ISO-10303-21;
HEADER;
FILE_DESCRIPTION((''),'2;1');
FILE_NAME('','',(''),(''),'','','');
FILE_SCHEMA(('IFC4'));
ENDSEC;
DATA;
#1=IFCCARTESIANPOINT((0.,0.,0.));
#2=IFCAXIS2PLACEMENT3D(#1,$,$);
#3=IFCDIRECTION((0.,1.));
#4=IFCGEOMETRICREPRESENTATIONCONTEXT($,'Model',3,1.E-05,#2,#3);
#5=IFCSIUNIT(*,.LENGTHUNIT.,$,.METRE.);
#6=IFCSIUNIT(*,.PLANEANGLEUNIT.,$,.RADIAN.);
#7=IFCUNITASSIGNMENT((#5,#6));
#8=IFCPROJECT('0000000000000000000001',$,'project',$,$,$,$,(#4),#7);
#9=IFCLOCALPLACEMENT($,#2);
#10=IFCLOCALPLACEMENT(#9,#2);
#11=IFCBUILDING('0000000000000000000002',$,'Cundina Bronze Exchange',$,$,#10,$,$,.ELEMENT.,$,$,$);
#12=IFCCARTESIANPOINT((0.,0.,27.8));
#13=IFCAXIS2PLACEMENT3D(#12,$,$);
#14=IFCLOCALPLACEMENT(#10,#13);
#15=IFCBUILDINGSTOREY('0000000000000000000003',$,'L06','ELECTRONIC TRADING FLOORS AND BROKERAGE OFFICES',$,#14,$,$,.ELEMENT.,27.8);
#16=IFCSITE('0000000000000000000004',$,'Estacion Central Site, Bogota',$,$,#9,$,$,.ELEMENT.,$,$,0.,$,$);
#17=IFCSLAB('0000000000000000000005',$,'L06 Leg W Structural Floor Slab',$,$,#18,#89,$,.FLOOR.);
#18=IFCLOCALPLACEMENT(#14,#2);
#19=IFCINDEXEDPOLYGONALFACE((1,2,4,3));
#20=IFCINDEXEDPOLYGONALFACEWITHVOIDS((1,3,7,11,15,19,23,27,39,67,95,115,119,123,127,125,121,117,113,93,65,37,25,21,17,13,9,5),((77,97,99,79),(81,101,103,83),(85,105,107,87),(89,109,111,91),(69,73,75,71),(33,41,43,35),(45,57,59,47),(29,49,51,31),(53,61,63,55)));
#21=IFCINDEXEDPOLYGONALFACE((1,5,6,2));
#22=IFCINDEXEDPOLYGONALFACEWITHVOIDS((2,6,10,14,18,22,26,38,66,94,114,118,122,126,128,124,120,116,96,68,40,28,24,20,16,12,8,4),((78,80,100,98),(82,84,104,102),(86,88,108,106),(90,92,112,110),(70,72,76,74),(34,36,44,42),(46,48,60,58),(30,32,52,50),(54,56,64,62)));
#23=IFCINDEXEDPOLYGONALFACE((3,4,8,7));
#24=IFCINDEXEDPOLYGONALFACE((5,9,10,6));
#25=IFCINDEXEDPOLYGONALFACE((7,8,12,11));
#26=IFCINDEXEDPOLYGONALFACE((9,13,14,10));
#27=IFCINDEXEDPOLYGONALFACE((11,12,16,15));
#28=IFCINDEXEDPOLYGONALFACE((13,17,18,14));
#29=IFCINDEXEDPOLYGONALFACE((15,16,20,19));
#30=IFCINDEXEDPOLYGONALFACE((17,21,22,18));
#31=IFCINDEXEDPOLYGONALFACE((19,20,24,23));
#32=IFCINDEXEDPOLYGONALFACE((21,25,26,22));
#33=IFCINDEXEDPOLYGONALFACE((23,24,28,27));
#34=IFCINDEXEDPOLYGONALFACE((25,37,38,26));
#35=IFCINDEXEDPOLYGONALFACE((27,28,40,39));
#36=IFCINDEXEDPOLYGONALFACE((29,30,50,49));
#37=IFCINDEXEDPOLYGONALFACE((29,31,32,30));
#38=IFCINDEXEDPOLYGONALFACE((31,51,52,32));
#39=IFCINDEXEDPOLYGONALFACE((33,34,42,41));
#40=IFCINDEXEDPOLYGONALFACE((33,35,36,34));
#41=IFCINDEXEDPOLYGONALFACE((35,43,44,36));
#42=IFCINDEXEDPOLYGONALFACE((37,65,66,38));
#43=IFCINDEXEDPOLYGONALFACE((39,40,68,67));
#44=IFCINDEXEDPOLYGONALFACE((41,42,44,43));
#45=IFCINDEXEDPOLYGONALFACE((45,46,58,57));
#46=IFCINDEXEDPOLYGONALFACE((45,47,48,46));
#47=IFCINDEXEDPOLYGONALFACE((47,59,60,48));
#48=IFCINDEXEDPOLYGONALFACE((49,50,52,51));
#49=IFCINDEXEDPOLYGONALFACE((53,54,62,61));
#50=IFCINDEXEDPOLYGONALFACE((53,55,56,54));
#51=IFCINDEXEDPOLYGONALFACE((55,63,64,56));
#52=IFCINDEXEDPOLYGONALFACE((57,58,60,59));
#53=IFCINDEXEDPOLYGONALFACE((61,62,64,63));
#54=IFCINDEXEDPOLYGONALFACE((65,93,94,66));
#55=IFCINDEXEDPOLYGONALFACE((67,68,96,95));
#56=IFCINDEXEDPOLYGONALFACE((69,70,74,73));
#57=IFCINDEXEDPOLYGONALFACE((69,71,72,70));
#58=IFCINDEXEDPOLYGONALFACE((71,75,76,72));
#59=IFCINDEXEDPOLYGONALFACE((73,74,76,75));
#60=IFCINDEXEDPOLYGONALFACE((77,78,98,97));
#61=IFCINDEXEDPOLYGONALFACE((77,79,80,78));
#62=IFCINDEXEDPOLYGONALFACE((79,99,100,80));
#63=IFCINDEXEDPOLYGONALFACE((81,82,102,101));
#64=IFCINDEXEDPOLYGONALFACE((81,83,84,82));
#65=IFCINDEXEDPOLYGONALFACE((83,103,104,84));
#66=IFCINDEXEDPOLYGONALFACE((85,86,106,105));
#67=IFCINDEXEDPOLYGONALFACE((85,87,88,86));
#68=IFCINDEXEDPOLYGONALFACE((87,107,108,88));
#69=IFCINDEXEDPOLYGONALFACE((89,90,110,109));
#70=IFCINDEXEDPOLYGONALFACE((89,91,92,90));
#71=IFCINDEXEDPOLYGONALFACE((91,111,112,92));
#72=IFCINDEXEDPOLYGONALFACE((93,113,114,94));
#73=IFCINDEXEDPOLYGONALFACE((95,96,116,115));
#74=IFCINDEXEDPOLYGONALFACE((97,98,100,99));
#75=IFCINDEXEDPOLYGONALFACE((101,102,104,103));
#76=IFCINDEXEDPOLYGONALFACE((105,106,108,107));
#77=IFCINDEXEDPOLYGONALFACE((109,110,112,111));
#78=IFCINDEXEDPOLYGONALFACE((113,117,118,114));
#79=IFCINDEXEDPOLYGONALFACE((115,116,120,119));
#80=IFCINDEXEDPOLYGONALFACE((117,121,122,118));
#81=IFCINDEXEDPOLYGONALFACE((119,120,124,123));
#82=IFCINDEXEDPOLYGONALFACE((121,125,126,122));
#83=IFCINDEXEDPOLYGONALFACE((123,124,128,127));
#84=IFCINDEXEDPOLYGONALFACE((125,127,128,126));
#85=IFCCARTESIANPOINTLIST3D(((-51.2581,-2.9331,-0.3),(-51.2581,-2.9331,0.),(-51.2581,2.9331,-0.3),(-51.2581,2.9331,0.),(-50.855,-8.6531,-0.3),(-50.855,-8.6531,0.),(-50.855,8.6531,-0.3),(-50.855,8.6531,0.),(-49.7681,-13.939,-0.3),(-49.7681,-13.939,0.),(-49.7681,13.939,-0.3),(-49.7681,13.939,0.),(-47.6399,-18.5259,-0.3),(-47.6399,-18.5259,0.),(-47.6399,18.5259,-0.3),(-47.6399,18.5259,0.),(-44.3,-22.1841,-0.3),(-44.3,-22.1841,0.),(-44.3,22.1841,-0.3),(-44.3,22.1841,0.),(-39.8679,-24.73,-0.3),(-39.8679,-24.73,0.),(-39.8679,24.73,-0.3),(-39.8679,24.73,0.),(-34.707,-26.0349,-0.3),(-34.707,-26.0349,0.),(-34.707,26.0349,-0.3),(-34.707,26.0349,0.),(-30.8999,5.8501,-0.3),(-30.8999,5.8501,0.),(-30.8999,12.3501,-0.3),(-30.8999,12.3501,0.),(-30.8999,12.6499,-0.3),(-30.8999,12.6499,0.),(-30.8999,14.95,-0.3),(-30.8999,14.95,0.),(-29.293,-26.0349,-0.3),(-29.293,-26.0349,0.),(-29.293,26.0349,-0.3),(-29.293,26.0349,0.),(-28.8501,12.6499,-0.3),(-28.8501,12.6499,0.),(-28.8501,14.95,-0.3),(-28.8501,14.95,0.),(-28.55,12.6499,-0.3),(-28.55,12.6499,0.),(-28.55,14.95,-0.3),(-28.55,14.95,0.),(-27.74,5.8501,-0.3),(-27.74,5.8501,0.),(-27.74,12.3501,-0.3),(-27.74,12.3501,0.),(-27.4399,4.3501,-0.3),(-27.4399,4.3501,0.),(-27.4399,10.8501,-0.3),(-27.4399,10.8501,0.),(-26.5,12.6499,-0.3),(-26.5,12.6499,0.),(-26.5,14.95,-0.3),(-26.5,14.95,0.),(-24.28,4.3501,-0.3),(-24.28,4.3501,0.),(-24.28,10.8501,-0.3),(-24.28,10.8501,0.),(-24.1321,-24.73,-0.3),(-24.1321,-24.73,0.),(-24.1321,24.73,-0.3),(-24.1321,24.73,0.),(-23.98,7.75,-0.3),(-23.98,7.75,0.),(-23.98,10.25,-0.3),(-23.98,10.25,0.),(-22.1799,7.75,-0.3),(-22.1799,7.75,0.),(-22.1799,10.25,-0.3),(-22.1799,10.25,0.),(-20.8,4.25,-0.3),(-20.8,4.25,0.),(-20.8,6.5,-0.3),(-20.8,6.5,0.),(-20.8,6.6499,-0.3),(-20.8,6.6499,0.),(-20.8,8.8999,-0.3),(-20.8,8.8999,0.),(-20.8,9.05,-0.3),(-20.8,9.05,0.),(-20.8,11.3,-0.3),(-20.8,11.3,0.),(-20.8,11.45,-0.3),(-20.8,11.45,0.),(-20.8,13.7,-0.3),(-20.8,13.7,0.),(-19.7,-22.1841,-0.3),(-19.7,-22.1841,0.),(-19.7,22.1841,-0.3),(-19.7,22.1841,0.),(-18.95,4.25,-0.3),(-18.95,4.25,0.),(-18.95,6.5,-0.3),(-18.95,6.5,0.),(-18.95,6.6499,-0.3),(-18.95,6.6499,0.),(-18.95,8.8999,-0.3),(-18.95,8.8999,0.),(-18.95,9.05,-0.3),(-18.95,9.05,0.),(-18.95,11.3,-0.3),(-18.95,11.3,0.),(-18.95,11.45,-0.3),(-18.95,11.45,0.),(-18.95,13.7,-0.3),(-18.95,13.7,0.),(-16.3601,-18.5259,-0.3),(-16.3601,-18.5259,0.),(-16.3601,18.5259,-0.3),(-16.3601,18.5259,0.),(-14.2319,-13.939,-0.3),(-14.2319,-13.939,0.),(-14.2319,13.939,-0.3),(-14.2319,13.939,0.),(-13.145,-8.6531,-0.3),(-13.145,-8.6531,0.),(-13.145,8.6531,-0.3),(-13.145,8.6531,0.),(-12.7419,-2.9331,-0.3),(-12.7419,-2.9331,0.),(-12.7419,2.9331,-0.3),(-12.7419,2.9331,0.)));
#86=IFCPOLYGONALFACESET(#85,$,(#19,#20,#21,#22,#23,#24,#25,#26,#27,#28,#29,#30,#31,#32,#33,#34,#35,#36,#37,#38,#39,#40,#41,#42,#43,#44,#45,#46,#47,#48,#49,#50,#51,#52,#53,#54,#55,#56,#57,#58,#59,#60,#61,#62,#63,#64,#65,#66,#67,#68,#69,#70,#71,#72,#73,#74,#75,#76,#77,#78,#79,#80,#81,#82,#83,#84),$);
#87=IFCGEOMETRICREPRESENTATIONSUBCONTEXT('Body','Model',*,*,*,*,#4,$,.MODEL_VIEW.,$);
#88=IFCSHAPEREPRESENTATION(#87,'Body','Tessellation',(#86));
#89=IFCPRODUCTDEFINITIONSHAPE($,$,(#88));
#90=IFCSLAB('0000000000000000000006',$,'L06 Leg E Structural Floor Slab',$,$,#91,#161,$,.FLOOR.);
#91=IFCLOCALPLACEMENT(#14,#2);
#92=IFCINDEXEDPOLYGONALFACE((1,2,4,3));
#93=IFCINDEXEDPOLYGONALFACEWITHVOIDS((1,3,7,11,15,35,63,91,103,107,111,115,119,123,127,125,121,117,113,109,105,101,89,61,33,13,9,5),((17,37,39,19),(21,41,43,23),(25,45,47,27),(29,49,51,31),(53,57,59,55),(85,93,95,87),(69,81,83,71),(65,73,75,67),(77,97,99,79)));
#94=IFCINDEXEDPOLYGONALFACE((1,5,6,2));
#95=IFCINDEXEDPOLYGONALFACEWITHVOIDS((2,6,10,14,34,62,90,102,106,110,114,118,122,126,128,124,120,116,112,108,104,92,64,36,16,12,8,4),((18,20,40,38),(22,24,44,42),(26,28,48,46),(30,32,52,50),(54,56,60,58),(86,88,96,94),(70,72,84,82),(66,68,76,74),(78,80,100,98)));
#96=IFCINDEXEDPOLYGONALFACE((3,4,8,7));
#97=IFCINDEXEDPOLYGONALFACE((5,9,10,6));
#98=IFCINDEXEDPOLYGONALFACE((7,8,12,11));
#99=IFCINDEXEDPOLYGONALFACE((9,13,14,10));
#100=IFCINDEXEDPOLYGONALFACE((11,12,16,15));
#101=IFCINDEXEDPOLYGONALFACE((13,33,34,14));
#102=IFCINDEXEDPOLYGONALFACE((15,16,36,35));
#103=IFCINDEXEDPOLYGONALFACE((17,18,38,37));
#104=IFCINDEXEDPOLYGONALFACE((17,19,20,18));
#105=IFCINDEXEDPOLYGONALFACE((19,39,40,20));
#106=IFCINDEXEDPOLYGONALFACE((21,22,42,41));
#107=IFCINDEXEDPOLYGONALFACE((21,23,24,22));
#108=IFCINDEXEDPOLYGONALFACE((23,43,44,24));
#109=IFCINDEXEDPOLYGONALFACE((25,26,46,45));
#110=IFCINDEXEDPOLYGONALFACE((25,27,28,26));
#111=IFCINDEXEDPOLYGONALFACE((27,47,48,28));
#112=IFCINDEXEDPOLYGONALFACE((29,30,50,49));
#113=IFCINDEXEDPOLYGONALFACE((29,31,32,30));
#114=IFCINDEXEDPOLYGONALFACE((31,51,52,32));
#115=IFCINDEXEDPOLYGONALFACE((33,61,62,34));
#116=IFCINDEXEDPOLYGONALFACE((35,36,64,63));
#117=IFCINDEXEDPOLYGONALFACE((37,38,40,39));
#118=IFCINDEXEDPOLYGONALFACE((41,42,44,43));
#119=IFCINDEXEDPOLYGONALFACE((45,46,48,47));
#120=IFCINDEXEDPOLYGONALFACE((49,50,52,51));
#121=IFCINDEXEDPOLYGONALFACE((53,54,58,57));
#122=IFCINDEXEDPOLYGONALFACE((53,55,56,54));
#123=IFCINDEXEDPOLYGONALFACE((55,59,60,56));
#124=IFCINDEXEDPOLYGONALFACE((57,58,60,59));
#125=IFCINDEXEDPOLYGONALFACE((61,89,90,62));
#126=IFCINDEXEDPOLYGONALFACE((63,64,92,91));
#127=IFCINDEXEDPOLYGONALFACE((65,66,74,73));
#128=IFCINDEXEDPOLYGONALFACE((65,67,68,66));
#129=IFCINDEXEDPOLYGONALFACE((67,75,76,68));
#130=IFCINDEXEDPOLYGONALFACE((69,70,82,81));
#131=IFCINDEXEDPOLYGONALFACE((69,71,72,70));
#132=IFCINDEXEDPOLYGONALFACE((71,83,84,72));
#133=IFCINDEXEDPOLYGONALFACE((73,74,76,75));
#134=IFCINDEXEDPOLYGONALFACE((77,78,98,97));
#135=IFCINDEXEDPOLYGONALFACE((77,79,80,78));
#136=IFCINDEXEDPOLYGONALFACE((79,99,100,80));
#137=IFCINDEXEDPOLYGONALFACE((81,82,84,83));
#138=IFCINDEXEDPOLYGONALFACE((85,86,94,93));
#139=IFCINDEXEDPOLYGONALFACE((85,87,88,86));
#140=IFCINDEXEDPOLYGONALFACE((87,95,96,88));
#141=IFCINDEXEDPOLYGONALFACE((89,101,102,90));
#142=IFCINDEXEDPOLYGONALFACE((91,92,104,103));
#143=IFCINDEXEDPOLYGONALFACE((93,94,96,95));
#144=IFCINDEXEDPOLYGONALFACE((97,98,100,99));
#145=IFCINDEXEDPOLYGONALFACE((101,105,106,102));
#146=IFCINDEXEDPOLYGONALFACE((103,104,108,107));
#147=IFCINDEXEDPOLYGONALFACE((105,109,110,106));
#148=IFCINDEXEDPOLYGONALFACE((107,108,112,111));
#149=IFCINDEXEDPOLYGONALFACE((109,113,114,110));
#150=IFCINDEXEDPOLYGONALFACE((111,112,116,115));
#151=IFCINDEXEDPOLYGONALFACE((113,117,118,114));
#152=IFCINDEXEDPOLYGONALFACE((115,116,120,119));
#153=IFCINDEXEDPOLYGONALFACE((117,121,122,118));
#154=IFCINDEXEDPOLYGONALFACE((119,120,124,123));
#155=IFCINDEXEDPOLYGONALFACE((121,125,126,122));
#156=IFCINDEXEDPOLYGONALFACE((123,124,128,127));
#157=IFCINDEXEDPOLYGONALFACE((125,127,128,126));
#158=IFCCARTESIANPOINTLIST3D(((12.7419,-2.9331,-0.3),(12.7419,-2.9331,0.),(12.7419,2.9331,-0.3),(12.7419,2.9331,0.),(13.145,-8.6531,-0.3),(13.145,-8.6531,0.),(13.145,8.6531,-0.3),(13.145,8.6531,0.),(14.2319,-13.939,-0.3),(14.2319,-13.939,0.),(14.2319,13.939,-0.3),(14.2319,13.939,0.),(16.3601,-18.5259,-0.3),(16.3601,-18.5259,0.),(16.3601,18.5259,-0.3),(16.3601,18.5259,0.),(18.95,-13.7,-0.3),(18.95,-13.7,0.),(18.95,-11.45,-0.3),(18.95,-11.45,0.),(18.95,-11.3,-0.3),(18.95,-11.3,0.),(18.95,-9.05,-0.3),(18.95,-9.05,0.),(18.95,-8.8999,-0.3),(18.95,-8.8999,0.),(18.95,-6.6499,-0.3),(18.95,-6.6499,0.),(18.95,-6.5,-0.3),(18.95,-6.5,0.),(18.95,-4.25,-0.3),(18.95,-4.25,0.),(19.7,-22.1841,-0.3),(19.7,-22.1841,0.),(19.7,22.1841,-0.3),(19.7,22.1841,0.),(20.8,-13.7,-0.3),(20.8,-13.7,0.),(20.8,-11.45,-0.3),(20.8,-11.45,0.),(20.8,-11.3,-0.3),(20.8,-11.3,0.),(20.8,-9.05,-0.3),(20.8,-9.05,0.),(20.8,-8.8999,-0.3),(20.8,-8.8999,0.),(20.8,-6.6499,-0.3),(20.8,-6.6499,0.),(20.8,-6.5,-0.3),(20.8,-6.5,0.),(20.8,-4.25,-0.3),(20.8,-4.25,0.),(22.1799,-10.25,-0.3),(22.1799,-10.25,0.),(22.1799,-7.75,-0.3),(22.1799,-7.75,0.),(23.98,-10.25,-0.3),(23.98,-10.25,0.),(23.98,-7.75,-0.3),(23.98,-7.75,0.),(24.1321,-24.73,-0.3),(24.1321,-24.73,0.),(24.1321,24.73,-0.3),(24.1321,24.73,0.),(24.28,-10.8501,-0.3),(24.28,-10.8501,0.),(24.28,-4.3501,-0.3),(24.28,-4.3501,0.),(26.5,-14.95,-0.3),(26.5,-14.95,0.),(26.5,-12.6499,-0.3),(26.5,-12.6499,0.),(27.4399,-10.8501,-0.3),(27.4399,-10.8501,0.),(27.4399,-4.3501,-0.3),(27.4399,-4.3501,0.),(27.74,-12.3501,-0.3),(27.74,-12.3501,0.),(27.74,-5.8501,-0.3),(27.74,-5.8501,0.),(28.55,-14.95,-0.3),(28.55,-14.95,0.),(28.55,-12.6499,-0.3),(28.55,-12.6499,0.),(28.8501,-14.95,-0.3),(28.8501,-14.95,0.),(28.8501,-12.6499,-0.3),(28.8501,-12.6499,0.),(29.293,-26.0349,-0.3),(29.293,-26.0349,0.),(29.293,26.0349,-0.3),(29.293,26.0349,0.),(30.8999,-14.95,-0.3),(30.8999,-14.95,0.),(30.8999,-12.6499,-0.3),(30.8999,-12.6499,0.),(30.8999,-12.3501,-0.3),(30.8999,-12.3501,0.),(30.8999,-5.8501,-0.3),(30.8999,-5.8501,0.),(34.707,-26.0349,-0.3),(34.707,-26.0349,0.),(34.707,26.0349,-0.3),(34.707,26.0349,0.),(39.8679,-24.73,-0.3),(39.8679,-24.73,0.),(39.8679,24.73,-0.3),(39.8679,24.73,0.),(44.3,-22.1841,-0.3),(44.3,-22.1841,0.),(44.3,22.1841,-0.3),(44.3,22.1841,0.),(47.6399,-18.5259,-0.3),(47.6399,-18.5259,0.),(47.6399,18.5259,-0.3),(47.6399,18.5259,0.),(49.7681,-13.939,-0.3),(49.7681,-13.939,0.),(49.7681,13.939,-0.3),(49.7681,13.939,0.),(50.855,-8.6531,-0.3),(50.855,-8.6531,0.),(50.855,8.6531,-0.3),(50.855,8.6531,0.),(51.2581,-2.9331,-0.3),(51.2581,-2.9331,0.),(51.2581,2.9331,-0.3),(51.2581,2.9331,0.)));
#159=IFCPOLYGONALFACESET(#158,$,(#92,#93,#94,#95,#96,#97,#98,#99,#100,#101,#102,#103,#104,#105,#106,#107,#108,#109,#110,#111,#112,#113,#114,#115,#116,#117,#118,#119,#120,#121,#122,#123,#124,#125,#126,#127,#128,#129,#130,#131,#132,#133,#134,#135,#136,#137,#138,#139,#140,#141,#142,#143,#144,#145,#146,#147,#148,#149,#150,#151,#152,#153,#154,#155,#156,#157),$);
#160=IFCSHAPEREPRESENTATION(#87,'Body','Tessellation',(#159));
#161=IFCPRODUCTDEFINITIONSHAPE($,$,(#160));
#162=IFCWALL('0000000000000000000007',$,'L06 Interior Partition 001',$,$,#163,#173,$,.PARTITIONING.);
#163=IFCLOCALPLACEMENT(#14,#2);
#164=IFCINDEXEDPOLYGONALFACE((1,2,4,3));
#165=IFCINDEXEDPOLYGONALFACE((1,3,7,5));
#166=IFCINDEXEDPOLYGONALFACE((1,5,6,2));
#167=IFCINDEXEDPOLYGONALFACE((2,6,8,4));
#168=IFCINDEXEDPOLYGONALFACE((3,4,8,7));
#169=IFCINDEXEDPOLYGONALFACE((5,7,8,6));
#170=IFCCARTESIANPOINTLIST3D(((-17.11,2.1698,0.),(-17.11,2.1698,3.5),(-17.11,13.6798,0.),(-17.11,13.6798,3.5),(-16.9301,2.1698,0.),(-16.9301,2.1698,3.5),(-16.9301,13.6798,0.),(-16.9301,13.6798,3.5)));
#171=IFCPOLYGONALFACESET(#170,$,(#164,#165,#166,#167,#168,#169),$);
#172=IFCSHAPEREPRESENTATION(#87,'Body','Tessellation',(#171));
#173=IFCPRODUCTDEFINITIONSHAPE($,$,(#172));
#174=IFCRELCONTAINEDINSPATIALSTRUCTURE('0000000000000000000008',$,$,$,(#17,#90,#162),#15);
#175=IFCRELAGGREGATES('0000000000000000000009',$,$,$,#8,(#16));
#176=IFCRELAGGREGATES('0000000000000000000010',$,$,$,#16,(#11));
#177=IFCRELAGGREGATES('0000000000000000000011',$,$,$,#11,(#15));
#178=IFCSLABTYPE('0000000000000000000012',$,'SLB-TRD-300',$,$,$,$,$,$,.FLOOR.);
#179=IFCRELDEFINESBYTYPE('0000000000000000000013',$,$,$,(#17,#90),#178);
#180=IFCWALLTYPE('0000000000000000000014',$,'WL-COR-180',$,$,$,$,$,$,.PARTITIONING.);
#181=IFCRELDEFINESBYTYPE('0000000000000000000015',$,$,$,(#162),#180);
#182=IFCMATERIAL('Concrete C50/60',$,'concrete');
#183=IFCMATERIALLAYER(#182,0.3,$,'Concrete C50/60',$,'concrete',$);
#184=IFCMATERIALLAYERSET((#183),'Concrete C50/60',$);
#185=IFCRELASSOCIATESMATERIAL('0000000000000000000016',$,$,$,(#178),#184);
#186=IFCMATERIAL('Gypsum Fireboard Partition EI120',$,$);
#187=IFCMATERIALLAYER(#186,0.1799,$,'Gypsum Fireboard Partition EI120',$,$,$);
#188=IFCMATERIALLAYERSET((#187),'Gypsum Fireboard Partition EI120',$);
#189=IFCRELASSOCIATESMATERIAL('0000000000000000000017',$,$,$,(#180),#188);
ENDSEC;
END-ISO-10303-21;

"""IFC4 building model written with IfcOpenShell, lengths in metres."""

from ifc_helpers import new_model, si_unit, direction, frame, frame_2d, origin, place, context, subcontext, project, spatial, polyline, rectangle, outline, extrude, material, layer, layer_set, type_object, element, save


model = new_model("IFC4")

# Units and contexts
model_context = context("Model", 3, precision=1e-05, world=origin(), true_north=direction((0.0, 1.0)))
body_context = subcontext(model_context, "Body", "Model", "MODEL_VIEW")
ifc_project = project(units=[si_unit("LENGTHUNIT", "METRE"), si_unit("PLANEANGLEUNIT", "RADIAN")], contexts=[model_context])

# Site, building, storey
site_placement = place(None, origin())
site = spatial("IfcSite", under=ifc_project, at=site_placement, Name="Estacion Central Site, Bogota", CompositionType="ELEMENT", RefElevation=0.0)
building_placement = place(site_placement, origin())
building = spatial("IfcBuilding", under=site, at=building_placement, Name="Cundina Bronze Exchange", CompositionType="ELEMENT")
storey_placement = place(building_placement, frame((0.0, 0.0, 27.8)))
storey = spatial("IfcBuildingStorey", under=building, at=storey_placement, Name="L06", Description="ELECTRONIC TRADING FLOORS AND BROKERAGE OFFICES", CompositionType="ELEMENT", Elevation=27.8)

# Slabs
ifc_material_1 = material(Name="Concrete C50/60", Category="concrete")
ifc_layer_1 = layer(ifc_material_1, 0.3, Name="Concrete C50/60", Category="concrete")
ifc_layer_set_1 = layer_set([ifc_layer_1], Name="Concrete C50/60")
slab_type_1 = type_object("IfcSlabType", Name="SLB-TRD-300", PredefinedType="FLOOR", material=ifc_layer_set_1)
slab_1_placement = place(storey_placement, frame((0.0, 0.0, -0.3)))
element("IfcSlab", 1, at=slab_1_placement, inside=storey, type_object=slab_type_1, Name="L06 Leg W Structural Floor Slab", PredefinedType="FLOOR", context=body_context, shape_type="SweptSolid", body=[
    extrude(outline(polyline([(-12.7419, 2.9331), (-13.145, 8.6531), (-14.2319, 13.939), (-16.3601, 18.5259), (-19.7, 22.1841), (-24.1321, 24.73), (-29.293, 26.0349), (-34.707, 26.0349), (-39.8679, 24.73), (-44.3, 22.1841), (-47.6399, 18.5259), (-49.7681, 13.939), (-50.855, 8.6531), (-51.2581, 2.9331), (-51.2581, -2.9331), (-50.855, -8.6531), (-49.7681, -13.939), (-47.6399, -18.5259), (-44.3, -22.1841), (-39.8679, -24.73), (-34.707, -26.0349), (-29.293, -26.0349), (-24.1321, -24.73), (-19.7, -22.1841), (-16.3601, -18.5259), (-14.2319, -13.939), (-13.145, -8.6531), (-12.7419, -2.9331), (-12.7419, 2.9331)]), holes=[polyline([(-27.74, 5.8501), (-27.74, 12.3501), (-30.8999, 12.3501), (-30.8999, 5.8501), (-27.74, 5.8501)]), polyline([(-27.4399, 10.8501), (-27.4399, 4.3501), (-24.28, 4.3501), (-24.28, 10.8501), (-27.4399, 10.8501)]), polyline([(-23.98, 10.25), (-22.1799, 10.25), (-22.1799, 7.75), (-23.98, 7.75), (-23.98, 10.25)]), polyline([(-30.8999, 14.95), (-28.8501, 14.95), (-28.8501, 12.6499), (-30.8999, 12.6499), (-30.8999, 14.95)]), polyline([(-28.55, 14.95), (-26.5, 14.95), (-26.5, 12.6499), (-28.55, 12.6499), (-28.55, 14.95)]), polyline([(-20.8, 13.7), (-18.95, 13.7), (-18.95, 11.45), (-20.8, 11.45), (-20.8, 13.7)]), polyline([(-20.8, 11.3), (-18.95, 11.3), (-18.95, 9.05), (-20.8, 9.05), (-20.8, 11.3)]), polyline([(-20.8, 8.8999), (-18.95, 8.8999), (-18.95, 6.6499), (-20.8, 6.6499), (-20.8, 8.8999)]), polyline([(-20.8, 6.5), (-18.95, 6.5), (-18.95, 4.25), (-20.8, 4.25), (-20.8, 6.5)])]), origin(), (0.0, 0.0, 1.0), 0.3),
])
slab_2_placement = place(storey_placement, frame((0.0, 0.0, -0.3)))
element("IfcSlab", 2, at=slab_2_placement, inside=storey, type_object=slab_type_1, Name="L06 Leg E Structural Floor Slab", PredefinedType="FLOOR", context=body_context, shape_type="SweptSolid", body=[
    extrude(outline(polyline([(51.2581, 2.9331), (50.855, 8.6531), (49.7681, 13.939), (47.6399, 18.5259), (44.3, 22.1841), (39.8679, 24.73), (34.707, 26.0349), (29.293, 26.0349), (24.1321, 24.73), (19.7, 22.1841), (16.3601, 18.5259), (14.2319, 13.939), (13.145, 8.6531), (12.7419, 2.9331), (12.7419, -2.9331), (13.145, -8.6531), (14.2319, -13.939), (16.3601, -18.5259), (19.7, -22.1841), (24.1321, -24.73), (29.293, -26.0349), (34.707, -26.0349), (39.8679, -24.73), (44.3, -22.1841), (47.6399, -18.5259), (49.7681, -13.939), (50.855, -8.6531), (51.2581, -2.9331), (51.2581, 2.9331)]), holes=[polyline([(27.74, -5.8501), (27.74, -12.3501), (30.8999, -12.3501), (30.8999, -5.8501), (27.74, -5.8501)]), polyline([(27.4399, -10.8501), (27.4399, -4.3501), (24.28, -4.3501), (24.28, -10.8501), (27.4399, -10.8501)]), polyline([(22.1799, -7.75), (23.98, -7.75), (23.98, -10.25), (22.1799, -10.25), (22.1799, -7.75)]), polyline([(28.8501, -12.6499), (30.8999, -12.6499), (30.8999, -14.95), (28.8501, -14.95), (28.8501, -12.6499)]), polyline([(26.5, -12.6499), (28.55, -12.6499), (28.55, -14.95), (26.5, -14.95), (26.5, -12.6499)]), polyline([(18.95, -11.45), (20.8, -11.45), (20.8, -13.7), (18.95, -13.7), (18.95, -11.45)]), polyline([(18.95, -9.05), (20.8, -9.05), (20.8, -11.3), (18.95, -11.3), (18.95, -9.05)]), polyline([(18.95, -6.6499), (20.8, -6.6499), (20.8, -8.8999), (18.95, -8.8999), (18.95, -6.6499)]), polyline([(18.95, -4.25), (20.8, -4.25), (20.8, -6.5), (18.95, -6.5), (18.95, -4.25)])]), origin(), (0.0, 0.0, 1.0), 0.3),
])

# Wall
ifc_material_2 = material(Name="Gypsum Fireboard Partition EI120")
ifc_layer_2 = layer(ifc_material_2, 0.1799, Name="Gypsum Fireboard Partition EI120")
ifc_layer_set_2 = layer_set([ifc_layer_2], Name="Gypsum Fireboard Partition EI120")
wall_type_1 = type_object("IfcWallType", Name="WL-COR-180", PredefinedType="PARTITIONING", material=ifc_layer_set_2)
wall_1_placement = place(storey_placement, frame((-17.02, 2.1699, 0.0), z_axis=(0.0, 0.0, 1.0), x_axis=(0.0, 1.0, 0.0)))
element("IfcWall", 3, at=wall_1_placement, inside=storey, type_object=wall_type_1, Name="L06 Interior Partition 001", PredefinedType="PARTITIONING", context=body_context, shape_type="SweptSolid", body=[
    extrude(rectangle(XDim=11.51, YDim=0.1799, at=frame_2d((5.7549, 0.0))), origin(), (0.0, 0.0, 1.0), 3.5),
])

save(model, "model.ifc")
